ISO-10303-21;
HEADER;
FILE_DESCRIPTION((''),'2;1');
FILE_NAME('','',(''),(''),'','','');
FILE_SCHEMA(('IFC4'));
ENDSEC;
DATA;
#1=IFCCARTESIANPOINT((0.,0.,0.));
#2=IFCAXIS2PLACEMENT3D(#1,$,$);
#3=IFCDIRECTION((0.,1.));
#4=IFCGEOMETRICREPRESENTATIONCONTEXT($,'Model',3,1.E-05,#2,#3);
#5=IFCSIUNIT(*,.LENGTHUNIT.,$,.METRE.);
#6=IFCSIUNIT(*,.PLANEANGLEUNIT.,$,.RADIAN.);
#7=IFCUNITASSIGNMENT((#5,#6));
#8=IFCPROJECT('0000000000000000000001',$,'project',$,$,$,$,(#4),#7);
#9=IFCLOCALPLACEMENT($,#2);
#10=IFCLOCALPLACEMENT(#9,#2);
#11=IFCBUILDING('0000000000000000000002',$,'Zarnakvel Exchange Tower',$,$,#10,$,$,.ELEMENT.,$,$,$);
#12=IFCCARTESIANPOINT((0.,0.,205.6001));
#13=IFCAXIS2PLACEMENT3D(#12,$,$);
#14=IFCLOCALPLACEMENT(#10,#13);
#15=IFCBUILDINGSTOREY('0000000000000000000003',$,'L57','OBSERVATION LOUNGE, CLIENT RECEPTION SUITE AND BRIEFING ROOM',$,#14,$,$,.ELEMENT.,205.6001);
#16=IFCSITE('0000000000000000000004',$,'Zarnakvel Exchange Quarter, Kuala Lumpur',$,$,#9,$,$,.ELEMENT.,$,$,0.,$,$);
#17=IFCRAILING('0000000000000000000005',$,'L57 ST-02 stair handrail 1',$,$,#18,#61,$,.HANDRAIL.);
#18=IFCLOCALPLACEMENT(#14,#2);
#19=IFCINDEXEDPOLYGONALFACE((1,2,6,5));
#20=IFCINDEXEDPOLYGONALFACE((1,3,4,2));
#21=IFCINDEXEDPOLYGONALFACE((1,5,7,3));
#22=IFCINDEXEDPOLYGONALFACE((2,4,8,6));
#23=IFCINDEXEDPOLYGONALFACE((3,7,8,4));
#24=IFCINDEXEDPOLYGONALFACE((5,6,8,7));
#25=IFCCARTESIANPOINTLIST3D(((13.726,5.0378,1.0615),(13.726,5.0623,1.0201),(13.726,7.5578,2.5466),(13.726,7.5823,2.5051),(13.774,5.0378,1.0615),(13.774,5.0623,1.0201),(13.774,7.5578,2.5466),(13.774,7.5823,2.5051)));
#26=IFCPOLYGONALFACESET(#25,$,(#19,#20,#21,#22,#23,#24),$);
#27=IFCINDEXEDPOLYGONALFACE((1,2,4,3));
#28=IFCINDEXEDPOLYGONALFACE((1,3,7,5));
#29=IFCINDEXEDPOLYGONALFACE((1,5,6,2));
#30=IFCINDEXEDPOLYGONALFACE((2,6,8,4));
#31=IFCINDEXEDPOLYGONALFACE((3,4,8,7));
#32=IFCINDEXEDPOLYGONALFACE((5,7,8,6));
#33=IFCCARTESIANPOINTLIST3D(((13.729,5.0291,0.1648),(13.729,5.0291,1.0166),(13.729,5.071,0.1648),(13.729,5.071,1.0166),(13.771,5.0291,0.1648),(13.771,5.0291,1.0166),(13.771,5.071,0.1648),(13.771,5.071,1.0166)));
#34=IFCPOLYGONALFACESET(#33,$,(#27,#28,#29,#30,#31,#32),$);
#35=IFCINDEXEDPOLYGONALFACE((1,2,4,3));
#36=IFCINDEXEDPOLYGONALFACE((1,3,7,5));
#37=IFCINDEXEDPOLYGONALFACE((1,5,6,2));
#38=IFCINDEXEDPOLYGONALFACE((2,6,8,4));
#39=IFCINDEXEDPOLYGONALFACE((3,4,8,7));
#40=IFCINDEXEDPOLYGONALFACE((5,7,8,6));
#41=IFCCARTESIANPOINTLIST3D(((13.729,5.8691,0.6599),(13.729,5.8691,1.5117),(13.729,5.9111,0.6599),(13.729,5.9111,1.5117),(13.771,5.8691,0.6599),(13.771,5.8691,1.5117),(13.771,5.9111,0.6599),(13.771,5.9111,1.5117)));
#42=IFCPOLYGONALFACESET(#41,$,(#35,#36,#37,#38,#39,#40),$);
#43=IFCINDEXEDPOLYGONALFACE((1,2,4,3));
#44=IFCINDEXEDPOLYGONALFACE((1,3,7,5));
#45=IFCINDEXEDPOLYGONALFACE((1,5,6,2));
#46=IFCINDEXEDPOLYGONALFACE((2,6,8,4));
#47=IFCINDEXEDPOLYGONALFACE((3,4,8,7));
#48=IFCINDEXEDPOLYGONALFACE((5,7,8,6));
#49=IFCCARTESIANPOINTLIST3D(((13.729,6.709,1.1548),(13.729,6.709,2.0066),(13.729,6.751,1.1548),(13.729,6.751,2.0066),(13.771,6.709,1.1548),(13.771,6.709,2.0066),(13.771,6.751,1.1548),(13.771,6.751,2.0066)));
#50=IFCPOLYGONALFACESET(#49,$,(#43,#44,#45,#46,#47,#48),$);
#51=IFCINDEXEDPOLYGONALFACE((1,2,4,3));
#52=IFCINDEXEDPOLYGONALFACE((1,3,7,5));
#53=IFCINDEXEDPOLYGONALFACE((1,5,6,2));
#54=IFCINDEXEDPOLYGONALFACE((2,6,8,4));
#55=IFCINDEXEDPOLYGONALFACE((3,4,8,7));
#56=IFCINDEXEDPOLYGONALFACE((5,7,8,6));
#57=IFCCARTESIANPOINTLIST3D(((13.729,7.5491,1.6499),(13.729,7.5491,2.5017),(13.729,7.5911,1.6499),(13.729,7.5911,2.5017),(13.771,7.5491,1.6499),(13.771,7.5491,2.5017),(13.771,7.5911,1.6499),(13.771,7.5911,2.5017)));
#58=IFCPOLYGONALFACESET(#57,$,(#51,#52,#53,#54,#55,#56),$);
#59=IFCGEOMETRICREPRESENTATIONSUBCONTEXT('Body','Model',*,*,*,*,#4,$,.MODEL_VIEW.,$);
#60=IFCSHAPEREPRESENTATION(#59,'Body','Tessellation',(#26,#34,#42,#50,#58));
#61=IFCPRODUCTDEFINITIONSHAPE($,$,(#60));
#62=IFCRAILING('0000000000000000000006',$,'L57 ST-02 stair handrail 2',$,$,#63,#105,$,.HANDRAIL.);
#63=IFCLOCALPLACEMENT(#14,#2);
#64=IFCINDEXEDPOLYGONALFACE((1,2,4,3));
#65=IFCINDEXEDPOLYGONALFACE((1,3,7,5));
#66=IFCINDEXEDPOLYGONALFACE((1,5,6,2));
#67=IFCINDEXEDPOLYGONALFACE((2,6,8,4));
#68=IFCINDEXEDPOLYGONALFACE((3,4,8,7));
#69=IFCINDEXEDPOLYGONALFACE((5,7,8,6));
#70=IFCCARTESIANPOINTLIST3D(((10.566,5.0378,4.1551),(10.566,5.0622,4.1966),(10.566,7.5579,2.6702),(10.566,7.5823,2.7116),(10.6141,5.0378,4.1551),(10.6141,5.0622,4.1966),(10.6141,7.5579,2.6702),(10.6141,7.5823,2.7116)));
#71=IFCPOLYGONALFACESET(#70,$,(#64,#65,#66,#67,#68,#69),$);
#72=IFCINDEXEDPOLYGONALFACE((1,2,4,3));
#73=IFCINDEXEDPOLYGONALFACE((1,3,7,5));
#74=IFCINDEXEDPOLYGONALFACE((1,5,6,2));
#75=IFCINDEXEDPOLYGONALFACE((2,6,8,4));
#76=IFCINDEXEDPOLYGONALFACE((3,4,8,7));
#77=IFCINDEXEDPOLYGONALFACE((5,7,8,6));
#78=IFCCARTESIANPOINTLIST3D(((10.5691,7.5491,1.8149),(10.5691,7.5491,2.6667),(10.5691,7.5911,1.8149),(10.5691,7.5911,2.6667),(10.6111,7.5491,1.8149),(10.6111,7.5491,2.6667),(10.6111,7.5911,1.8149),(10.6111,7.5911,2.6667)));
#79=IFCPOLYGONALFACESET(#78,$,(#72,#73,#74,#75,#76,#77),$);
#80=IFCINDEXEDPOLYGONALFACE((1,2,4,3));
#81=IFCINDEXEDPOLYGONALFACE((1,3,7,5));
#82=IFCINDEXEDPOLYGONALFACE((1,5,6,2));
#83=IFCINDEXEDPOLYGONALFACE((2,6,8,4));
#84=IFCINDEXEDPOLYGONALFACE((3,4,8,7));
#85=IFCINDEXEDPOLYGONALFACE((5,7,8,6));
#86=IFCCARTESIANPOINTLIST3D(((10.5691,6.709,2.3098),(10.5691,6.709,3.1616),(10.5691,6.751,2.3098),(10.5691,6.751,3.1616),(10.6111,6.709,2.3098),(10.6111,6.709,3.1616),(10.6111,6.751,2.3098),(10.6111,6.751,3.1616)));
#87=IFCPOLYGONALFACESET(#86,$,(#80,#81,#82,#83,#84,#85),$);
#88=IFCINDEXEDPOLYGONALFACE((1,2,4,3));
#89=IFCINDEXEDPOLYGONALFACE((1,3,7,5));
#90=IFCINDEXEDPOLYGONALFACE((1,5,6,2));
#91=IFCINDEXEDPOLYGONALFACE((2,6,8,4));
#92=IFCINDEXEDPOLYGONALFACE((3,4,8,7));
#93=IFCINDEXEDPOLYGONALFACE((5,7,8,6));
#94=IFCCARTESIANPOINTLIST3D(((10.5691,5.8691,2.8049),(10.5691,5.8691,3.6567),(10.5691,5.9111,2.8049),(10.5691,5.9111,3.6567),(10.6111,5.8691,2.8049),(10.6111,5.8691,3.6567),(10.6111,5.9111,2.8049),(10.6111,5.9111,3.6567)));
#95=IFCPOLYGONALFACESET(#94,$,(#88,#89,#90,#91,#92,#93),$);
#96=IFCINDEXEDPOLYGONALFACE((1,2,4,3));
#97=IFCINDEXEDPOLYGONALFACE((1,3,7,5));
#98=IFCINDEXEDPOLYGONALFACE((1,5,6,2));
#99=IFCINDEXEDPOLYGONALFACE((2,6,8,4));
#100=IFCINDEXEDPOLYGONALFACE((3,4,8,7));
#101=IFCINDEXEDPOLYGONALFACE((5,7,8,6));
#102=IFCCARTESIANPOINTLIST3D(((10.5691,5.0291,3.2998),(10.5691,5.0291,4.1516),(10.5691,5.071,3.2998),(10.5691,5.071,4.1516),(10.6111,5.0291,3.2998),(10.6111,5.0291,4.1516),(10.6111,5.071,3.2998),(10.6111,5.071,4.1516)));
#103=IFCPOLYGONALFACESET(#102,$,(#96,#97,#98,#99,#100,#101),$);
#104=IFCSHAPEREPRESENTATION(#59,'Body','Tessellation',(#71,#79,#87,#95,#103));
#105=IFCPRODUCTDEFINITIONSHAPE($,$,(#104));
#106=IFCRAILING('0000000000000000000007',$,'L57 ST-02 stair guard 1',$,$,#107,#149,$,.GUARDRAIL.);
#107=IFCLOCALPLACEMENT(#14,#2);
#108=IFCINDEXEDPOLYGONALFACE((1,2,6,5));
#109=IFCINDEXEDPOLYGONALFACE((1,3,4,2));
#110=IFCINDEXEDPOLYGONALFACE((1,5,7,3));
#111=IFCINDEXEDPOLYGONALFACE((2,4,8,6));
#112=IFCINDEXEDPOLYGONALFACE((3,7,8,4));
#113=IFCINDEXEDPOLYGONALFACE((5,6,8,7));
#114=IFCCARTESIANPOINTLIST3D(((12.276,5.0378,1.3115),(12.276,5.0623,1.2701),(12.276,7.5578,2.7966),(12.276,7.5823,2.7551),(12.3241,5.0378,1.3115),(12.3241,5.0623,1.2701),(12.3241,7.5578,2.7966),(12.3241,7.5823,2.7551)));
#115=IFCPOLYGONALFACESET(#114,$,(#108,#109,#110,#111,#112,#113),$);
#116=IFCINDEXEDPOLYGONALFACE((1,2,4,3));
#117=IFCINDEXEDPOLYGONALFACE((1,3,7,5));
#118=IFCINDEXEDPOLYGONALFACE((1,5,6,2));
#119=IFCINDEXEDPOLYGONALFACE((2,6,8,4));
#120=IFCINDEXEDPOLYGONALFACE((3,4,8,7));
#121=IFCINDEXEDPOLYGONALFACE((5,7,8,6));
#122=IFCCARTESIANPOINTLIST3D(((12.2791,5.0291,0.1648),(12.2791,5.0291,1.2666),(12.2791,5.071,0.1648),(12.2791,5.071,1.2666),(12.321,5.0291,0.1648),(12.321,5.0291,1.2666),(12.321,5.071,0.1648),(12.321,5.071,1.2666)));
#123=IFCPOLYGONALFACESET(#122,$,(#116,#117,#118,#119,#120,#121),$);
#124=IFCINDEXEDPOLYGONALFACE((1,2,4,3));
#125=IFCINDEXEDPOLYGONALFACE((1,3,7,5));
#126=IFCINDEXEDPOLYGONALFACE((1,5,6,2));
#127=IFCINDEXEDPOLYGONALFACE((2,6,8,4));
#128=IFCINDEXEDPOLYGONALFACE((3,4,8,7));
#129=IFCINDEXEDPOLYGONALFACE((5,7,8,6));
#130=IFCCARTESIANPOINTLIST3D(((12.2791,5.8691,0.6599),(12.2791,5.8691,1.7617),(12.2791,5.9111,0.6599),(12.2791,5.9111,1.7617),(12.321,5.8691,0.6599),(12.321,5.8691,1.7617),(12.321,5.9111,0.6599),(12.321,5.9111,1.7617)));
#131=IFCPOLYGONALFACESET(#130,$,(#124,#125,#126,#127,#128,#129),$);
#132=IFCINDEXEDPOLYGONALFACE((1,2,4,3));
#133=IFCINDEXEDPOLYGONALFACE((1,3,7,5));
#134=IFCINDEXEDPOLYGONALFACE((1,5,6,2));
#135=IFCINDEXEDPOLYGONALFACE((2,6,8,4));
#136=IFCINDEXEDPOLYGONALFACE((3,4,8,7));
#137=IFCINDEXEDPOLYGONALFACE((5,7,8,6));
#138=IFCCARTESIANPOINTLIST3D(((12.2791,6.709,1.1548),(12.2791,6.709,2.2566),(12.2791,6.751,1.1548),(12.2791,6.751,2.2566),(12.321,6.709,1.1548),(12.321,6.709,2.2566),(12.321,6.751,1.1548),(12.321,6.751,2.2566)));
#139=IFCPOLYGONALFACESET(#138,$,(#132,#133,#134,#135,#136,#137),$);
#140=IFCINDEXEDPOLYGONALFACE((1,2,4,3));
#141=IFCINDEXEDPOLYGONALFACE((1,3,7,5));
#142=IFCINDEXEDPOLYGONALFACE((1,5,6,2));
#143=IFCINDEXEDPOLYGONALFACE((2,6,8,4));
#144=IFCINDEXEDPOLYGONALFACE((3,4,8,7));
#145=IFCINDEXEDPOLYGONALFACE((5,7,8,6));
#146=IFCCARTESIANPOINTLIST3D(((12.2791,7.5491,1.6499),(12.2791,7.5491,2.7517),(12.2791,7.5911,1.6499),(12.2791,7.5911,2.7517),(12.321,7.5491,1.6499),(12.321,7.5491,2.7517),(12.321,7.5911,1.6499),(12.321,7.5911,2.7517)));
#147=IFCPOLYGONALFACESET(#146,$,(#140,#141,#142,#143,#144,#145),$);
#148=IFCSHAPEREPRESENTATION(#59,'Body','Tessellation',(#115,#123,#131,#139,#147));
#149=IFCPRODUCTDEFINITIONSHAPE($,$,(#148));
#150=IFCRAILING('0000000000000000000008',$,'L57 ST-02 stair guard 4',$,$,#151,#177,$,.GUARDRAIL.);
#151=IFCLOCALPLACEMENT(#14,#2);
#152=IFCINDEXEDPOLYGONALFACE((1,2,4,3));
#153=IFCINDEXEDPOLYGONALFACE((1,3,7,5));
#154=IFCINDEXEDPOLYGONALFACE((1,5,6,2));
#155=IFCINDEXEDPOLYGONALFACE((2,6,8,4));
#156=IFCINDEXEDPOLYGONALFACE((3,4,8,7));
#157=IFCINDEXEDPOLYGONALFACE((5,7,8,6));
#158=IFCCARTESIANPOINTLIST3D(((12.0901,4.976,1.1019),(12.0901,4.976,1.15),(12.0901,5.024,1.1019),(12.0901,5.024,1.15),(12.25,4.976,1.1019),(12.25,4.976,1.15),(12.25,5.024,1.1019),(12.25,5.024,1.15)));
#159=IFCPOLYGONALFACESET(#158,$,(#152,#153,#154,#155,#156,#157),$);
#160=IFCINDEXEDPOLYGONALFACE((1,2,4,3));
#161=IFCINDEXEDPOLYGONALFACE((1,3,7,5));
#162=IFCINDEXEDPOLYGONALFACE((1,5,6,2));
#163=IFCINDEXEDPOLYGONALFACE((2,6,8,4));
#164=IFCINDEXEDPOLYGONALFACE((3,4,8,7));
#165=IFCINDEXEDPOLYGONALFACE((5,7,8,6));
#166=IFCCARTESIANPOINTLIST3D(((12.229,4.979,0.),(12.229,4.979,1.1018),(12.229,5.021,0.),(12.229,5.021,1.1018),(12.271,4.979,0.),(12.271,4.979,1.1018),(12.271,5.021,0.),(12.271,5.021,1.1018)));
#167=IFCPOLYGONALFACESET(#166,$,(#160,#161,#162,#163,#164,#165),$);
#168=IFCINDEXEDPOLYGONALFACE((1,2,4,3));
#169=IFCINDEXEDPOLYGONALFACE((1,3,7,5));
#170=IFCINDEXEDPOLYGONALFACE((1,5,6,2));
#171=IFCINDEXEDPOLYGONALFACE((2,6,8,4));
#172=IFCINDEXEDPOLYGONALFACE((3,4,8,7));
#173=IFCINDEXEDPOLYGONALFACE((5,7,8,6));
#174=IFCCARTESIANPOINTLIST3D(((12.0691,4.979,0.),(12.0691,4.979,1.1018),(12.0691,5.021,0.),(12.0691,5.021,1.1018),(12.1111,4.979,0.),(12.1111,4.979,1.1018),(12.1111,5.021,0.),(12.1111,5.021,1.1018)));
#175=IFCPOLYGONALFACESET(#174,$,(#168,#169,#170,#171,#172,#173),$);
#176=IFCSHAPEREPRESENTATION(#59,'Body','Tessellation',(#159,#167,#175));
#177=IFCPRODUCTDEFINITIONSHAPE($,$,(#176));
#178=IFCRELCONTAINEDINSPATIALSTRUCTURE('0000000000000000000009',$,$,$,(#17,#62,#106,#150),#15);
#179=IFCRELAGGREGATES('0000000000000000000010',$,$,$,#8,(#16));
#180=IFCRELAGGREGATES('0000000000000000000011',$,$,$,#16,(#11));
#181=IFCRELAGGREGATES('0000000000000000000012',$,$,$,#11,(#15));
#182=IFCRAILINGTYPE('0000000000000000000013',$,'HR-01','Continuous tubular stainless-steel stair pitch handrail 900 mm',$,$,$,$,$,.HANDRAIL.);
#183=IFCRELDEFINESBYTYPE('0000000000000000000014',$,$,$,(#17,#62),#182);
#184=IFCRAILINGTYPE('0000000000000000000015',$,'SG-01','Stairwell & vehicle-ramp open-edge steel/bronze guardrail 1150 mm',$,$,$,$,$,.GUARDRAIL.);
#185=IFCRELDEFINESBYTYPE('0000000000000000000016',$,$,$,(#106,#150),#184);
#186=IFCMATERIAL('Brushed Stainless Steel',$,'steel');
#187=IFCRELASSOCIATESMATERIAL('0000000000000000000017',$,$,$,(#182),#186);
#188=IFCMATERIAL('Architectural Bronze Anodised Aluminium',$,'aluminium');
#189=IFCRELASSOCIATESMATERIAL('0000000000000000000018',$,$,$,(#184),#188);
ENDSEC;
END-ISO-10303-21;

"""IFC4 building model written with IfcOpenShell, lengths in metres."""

from ifc_helpers import new_model, si_unit, direction, frame, origin, origin_2d, place, context, subcontext, project, spatial, rectangle, extrude, material, type_object, element, save


model = new_model("IFC4")

# Units and contexts
model_context = context("Model", 3, precision=1e-05, world=origin(), true_north=direction((0.0, 1.0)))
body_context = subcontext(model_context, "Body", "Model", "MODEL_VIEW")
ifc_project = project(units=[si_unit("LENGTHUNIT", "METRE"), si_unit("PLANEANGLEUNIT", "RADIAN")], contexts=[model_context])

# Site, building, storey
site_placement = place(None, origin())
site = spatial("IfcSite", under=ifc_project, at=site_placement, Name="Zarnakvel Exchange Quarter, Kuala Lumpur", CompositionType="ELEMENT", RefElevation=0.0)
building_placement = place(site_placement, origin())
building = spatial("IfcBuilding", under=site, at=building_placement, Name="Zarnakvel Exchange Tower", CompositionType="ELEMENT")
storey_placement = place(building_placement, frame((0.0, 0.0, 205.6001)))
storey = spatial("IfcBuildingStorey", under=building, at=storey_placement, Name="L57", Description="OBSERVATION LOUNGE, CLIENT RECEPTION SUITE AND BRIEFING ROOM", CompositionType="ELEMENT", Elevation=205.6001)

# Shared definitions
ifc_material_1 = material(Name="Architectural Bronze Anodised Aluminium", Category="aluminium")

# Shared definitions
ifc_material_2 = material(Name="Brushed Stainless Steel", Category="steel")

# Railings
railing_type_1 = type_object("IfcRailingType", Name="HR-01", Description="Continuous tubular stainless-steel stair pitch handrail 900 mm", PredefinedType="HANDRAIL", material=ifc_material_2)
railing_1_placement = place(storey_placement, frame((13.75, 5.05, 0.1648)))
element("IfcRailing", 1, at=railing_1_placement, inside=storey, type_object=railing_type_1, Name="L57 ST-02 stair handrail 1", PredefinedType="HANDRAIL", context=body_context, shape_type="SweptSolid", body=[
    extrude(rectangle(XDim=0.0481, YDim=0.0481, at=origin_2d()), frame((0.0, 0.0, 0.876), z_axis=(0.0, 0.861524, 0.507717), x_axis=(-1.0, 0.0, 0.0)), (0.0, 0.0, 1.0), 2.925),
    extrude(rectangle(XDim=0.042, YDim=0.042, at=origin_2d()), origin(), (0.0, 0.0, 1.0), 0.8518),
    extrude(rectangle(XDim=0.042, YDim=0.042, at=origin_2d()), frame((0.0, 0.8401, 0.4951)), (0.0, 0.0, 1.0), 0.8518),
    extrude(rectangle(XDim=0.042, YDim=0.042, at=origin_2d()), frame((0.0, 1.6799, 0.99)), (0.0, 0.0, 1.0), 0.8518),
    extrude(rectangle(XDim=0.042, YDim=0.042, at=origin_2d()), frame((0.0, 2.52, 1.4851)), (0.0, 0.0, 1.0), 0.8518),
])
railing_2_placement = place(storey_placement, frame((10.5901, 7.5701, 1.8149)))
element("IfcRailing", 2, at=railing_2_placement, inside=storey, type_object=railing_type_1, Name="L57 ST-02 stair handrail 2", PredefinedType="HANDRAIL", context=body_context, shape_type="SweptSolid", body=[
    extrude(rectangle(XDim=0.0481, YDim=0.0481, at=origin_2d()), frame((0.0, 0.0, 0.876), z_axis=(0.0, -0.861561, 0.507655), x_axis=(1.0, 0.0, 0.0)), (0.0, 0.0, 1.0), 2.925),
    extrude(rectangle(XDim=0.042, YDim=0.042, at=origin_2d()), origin(), (0.0, 0.0, 1.0), 0.8518),
    extrude(rectangle(XDim=0.042, YDim=0.042, at=origin_2d()), frame((0.0, -0.8401, 0.4949)), (0.0, 0.0, 1.0), 0.8518),
    extrude(rectangle(XDim=0.042, YDim=0.042, at=origin_2d()), frame((0.0, -1.6799, 0.99)), (0.0, 0.0, 1.0), 0.8518),
    extrude(rectangle(XDim=0.042, YDim=0.042, at=origin_2d()), frame((0.0, -2.52, 1.4849)), (0.0, 0.0, 1.0), 0.8518),
])
railing_type_2 = type_object("IfcRailingType", Name="SG-01", Description="Stairwell & vehicle-ramp open-edge steel/bronze guardrail 1150 mm", PredefinedType="GUARDRAIL", material=ifc_material_1)
railing_3_placement = place(storey_placement, frame((12.3, 5.05, 0.1648)))
element("IfcRailing", 3, at=railing_3_placement, inside=storey, type_object=railing_type_2, Name="L57 ST-02 stair guard 1", PredefinedType="GUARDRAIL", context=body_context, shape_type="SweptSolid", body=[
    extrude(rectangle(XDim=0.0481, YDim=0.0481, at=origin_2d()), frame((0.0, 0.0, 1.126), z_axis=(0.0, 0.861524, 0.507717), x_axis=(-1.0, 0.0, 0.0)), (0.0, 0.0, 1.0), 2.925),
    extrude(rectangle(XDim=0.042, YDim=0.042, at=origin_2d()), origin(), (0.0, 0.0, 1.0), 1.1018),
    extrude(rectangle(XDim=0.042, YDim=0.042, at=origin_2d()), frame((0.0, 0.8401, 0.4951)), (0.0, 0.0, 1.0), 1.1018),
    extrude(rectangle(XDim=0.042, YDim=0.042, at=origin_2d()), frame((0.0, 1.6799, 0.99)), (0.0, 0.0, 1.0), 1.1018),
    extrude(rectangle(XDim=0.042, YDim=0.042, at=origin_2d()), frame((0.0, 2.52, 1.4851)), (0.0, 0.0, 1.0), 1.1018),
])
railing_4_placement = place(storey_placement, frame((12.25, 5.0, 0.0)))
element("IfcRailing", 4, at=railing_4_placement, inside=storey, type_object=railing_type_2, Name="L57 ST-02 stair guard 4", PredefinedType="GUARDRAIL", context=body_context, shape_type="SweptSolid", body=[
    extrude(rectangle(XDim=0.0481, YDim=0.0481, at=origin_2d()), frame((0.0, 0.0, 1.126), z_axis=(-1.0, 0.0, 0.0), x_axis=(0.0, -1.0, 0.0)), (0.0, 0.0, 1.0), 0.1599),
    extrude(rectangle(XDim=0.042, YDim=0.042, at=origin_2d()), origin(), (0.0, 0.0, 1.0), 1.1018),
    extrude(rectangle(XDim=0.042, YDim=0.042, at=origin_2d()), frame((-0.1599, 0.0, 0.0)), (0.0, 0.0, 1.0), 1.1018),
])

save(model, "model.ifc")
